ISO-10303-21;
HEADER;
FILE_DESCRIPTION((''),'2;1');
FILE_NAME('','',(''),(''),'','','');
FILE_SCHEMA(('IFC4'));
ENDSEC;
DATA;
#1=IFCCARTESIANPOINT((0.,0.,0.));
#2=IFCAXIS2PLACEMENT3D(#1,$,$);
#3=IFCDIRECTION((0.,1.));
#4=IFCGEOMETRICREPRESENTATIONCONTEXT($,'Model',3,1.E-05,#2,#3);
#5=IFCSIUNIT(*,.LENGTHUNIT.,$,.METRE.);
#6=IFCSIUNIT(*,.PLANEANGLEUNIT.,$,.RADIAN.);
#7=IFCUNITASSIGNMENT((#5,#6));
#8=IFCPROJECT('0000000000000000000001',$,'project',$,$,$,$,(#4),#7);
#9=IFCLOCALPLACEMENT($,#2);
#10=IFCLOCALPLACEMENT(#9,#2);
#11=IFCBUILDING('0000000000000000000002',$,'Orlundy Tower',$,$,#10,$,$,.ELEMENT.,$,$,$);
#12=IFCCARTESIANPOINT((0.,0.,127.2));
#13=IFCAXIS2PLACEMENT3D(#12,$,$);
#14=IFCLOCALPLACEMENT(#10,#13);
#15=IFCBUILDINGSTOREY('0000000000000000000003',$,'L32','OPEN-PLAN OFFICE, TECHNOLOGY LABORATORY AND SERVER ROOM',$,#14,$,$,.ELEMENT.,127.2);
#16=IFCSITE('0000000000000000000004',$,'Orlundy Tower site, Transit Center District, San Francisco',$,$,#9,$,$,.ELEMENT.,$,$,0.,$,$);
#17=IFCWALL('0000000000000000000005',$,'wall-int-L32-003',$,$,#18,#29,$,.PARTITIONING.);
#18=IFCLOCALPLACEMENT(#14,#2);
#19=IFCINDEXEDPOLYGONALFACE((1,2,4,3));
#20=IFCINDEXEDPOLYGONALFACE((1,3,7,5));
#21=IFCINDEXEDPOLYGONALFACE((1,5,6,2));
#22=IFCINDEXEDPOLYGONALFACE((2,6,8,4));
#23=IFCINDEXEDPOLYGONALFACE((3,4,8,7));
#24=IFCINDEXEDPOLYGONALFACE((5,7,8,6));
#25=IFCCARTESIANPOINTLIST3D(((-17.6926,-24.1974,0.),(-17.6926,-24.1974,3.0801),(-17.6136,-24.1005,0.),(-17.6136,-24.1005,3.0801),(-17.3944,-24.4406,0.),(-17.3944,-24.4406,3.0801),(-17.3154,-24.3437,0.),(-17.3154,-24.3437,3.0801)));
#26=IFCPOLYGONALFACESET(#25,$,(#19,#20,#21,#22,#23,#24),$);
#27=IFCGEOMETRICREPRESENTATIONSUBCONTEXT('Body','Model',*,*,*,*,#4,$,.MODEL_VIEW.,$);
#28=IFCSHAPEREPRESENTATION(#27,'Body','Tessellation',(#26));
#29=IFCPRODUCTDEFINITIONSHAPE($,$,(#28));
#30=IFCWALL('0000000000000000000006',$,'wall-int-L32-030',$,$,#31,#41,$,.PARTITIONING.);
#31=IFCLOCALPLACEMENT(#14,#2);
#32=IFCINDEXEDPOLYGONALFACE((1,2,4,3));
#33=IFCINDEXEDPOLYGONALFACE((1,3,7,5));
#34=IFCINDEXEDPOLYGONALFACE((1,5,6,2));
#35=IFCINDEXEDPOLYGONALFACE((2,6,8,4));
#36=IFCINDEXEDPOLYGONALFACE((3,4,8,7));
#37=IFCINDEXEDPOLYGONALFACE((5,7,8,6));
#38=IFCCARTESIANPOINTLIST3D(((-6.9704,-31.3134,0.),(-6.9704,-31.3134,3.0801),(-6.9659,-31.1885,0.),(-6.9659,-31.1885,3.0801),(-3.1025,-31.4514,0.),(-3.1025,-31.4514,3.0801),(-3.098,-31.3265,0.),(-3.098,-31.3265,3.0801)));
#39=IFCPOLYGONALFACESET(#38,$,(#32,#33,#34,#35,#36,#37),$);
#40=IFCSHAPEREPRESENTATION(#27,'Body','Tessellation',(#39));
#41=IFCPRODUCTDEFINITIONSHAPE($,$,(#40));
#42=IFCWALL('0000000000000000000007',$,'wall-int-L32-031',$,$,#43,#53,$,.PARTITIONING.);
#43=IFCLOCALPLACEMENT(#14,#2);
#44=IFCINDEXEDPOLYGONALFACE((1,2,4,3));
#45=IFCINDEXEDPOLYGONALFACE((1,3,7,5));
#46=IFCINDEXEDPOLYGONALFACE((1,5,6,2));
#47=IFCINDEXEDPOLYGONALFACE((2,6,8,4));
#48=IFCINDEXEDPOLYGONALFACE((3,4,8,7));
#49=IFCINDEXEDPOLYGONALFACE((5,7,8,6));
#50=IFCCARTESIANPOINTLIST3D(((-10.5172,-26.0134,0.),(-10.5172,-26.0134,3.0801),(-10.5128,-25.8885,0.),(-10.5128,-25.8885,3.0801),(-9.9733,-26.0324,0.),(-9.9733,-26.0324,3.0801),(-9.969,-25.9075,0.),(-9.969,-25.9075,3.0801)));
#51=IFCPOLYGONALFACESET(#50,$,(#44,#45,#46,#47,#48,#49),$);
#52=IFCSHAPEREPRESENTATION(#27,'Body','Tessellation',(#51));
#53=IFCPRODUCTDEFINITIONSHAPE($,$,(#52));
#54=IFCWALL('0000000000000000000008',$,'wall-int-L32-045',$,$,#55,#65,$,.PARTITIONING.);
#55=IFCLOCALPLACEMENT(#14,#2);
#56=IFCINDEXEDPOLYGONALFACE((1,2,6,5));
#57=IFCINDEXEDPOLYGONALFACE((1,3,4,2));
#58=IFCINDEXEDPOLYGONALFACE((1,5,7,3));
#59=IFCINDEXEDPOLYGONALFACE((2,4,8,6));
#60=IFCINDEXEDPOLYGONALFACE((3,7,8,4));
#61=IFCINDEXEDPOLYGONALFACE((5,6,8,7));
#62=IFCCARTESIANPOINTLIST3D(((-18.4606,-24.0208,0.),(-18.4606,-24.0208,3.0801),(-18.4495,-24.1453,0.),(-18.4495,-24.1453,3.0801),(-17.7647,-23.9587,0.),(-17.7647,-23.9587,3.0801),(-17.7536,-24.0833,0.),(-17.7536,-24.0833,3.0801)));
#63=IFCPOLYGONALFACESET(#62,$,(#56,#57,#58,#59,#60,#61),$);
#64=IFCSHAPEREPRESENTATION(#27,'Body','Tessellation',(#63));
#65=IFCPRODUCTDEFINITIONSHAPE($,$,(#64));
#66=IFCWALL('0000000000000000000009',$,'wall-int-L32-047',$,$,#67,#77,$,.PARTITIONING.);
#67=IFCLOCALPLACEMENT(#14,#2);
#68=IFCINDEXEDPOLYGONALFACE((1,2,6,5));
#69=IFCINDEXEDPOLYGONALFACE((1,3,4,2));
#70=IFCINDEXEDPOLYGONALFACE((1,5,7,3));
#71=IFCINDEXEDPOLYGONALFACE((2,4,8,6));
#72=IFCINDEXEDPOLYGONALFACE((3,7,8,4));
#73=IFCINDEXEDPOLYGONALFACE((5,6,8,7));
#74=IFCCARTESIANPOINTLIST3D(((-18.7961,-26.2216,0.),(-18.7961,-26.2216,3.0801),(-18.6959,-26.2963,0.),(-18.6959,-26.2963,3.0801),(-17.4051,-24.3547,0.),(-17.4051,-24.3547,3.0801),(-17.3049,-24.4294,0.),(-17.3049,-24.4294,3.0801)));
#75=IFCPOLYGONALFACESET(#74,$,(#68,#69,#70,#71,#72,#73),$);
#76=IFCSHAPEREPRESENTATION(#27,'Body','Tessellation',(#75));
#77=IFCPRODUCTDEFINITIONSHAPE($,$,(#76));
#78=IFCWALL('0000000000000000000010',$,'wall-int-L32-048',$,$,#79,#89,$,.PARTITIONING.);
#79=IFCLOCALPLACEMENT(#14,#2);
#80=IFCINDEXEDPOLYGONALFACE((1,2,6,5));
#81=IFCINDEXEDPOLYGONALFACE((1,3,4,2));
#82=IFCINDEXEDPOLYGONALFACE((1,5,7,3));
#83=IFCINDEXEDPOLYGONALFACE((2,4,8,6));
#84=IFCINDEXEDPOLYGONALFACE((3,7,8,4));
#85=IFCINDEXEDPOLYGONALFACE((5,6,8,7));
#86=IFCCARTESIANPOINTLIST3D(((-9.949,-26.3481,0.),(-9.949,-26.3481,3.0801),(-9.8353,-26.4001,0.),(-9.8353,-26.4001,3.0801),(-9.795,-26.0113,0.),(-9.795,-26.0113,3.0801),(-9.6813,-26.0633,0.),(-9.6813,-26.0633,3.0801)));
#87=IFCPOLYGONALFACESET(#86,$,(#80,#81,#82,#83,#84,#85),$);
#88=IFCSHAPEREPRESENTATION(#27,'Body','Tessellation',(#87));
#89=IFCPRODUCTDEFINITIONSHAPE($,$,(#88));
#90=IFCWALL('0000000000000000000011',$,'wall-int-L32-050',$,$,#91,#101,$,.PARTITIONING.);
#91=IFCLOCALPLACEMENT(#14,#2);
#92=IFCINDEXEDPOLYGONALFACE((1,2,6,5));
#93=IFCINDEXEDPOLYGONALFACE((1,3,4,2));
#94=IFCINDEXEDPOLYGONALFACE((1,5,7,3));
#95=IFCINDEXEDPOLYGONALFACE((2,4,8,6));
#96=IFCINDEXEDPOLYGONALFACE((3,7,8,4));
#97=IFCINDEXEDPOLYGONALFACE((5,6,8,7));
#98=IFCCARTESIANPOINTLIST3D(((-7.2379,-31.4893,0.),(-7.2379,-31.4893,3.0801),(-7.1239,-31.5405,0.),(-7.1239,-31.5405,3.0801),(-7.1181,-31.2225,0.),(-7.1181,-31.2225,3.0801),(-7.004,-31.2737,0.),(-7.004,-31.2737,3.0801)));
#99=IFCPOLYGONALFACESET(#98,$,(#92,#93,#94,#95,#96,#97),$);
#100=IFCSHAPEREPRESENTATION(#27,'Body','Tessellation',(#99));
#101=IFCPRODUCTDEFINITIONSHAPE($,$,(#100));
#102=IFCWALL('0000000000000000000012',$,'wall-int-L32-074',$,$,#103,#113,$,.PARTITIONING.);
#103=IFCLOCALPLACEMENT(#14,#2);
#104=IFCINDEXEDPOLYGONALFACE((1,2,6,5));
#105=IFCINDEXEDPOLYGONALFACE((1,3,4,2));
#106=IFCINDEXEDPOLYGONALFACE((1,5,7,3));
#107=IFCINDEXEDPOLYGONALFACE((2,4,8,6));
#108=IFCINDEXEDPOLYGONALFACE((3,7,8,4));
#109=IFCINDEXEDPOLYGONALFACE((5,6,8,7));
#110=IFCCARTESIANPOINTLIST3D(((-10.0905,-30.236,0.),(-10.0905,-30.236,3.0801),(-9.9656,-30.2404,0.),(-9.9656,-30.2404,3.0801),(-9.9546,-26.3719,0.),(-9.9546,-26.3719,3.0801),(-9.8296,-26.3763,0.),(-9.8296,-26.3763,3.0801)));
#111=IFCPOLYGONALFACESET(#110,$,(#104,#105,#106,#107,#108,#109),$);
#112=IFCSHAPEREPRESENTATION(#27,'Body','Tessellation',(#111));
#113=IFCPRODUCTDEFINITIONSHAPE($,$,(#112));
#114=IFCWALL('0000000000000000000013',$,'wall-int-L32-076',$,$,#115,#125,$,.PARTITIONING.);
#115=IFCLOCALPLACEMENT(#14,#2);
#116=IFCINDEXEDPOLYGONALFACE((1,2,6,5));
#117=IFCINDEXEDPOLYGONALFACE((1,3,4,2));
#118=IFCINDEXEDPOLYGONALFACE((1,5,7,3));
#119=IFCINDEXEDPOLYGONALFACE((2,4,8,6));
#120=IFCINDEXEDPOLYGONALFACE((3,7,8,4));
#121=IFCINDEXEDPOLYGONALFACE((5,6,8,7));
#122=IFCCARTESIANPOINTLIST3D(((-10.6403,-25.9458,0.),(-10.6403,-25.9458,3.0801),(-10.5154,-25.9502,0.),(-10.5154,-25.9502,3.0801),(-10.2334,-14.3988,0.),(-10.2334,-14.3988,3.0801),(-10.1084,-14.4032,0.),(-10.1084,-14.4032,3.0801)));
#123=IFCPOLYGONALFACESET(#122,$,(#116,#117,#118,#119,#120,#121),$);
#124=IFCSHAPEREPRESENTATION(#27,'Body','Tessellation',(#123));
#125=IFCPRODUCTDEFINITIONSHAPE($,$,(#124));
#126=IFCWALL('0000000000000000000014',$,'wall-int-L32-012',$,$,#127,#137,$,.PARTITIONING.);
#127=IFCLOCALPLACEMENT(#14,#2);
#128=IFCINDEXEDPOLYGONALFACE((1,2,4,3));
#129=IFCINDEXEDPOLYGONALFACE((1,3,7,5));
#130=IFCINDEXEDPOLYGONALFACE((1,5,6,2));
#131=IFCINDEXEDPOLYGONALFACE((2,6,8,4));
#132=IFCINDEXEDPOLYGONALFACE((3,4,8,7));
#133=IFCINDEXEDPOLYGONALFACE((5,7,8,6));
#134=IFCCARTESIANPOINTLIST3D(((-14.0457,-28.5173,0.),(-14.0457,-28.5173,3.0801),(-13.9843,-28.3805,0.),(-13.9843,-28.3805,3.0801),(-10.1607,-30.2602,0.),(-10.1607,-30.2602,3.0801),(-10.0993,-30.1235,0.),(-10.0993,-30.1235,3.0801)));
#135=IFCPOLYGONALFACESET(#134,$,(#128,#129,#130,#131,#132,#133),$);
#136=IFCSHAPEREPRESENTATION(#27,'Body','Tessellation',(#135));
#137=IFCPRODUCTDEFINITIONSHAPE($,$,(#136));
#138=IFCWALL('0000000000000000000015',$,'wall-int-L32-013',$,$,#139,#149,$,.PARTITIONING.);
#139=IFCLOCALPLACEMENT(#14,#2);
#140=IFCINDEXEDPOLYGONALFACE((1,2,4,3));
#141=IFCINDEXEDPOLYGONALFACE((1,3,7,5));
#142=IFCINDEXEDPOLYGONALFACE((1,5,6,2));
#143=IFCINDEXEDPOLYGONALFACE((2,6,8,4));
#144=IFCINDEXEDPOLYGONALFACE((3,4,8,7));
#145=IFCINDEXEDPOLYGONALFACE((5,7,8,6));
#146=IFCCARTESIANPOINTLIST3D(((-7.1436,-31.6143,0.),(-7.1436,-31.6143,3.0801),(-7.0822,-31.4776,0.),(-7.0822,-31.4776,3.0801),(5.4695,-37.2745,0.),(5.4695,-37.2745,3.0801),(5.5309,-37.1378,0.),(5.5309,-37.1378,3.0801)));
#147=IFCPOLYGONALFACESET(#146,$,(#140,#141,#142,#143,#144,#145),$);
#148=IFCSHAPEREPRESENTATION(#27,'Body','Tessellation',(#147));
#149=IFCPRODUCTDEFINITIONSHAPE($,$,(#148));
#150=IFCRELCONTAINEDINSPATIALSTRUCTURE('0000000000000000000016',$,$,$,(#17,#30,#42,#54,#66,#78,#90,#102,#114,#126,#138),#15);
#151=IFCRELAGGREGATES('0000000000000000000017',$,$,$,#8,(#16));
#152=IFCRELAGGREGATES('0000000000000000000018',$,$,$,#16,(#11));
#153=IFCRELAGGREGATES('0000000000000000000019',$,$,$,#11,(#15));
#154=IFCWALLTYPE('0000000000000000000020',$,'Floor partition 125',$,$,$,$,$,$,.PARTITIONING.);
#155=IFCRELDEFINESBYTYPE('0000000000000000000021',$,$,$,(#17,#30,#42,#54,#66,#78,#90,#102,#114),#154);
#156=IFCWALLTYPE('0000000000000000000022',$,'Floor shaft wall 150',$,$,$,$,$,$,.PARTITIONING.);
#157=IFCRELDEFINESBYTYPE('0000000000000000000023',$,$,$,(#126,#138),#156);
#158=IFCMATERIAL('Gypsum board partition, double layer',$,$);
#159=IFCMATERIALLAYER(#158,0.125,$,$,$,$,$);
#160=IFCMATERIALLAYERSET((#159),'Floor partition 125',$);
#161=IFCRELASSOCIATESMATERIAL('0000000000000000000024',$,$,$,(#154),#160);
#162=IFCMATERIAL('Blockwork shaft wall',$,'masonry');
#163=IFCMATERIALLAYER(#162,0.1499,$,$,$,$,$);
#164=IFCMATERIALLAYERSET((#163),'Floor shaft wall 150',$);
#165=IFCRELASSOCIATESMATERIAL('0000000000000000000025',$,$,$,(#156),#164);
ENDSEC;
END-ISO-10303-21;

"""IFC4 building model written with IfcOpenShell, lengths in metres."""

from ifc_helpers import new_model, si_unit, direction, frame, frame_2d, origin, place, context, subcontext, project, spatial, rectangle, extrude, material, layer, layer_set, type_object, element, save


model = new_model("IFC4")

# Units and contexts
model_context = context("Model", 3, precision=1e-05, world=origin(), true_north=direction((0.0, 1.0)))
body_context = subcontext(model_context, "Body", "Model", "MODEL_VIEW")
ifc_project = project(units=[si_unit("LENGTHUNIT", "METRE"), si_unit("PLANEANGLEUNIT", "RADIAN")], contexts=[model_context])

# Site, building, storey
site_placement = place(None, origin())
site = spatial("IfcSite", under=ifc_project, at=site_placement, Name="Orlundy Tower site, Transit Center District, San Francisco", CompositionType="ELEMENT", RefElevation=0.0)
building_placement = place(site_placement, origin())
building = spatial("IfcBuilding", under=site, at=building_placement, Name="Orlundy Tower", CompositionType="ELEMENT")
storey_placement = place(building_placement, frame((0.0, 0.0, 127.2)))
storey = spatial("IfcBuildingStorey", under=building, at=storey_placement, Name="L32", Description="OPEN-PLAN OFFICE, TECHNOLOGY LABORATORY AND SERVER ROOM", CompositionType="ELEMENT", Elevation=127.2)

# Shared definitions
ifc_material_1 = material(Name="Gypsum board partition, double layer")
ifc_layer_1 = layer(ifc_material_1, 0.125)
ifc_layer_set_1 = layer_set([ifc_layer_1], Name="Floor partition 125")
wall_type_1 = type_object("IfcWallType", Name="Floor partition 125", PredefinedType="PARTITIONING", material=ifc_layer_set_1)

# Walls
wall_1_placement = place(storey_placement, frame((-17.6531, -24.1489, 0.0), z_axis=(0.0, 0.0, 1.0), x_axis=(0.77489, -0.632097, 0.0)))
element("IfcWall", 1, at=wall_1_placement, inside=storey, type_object=wall_type_1, Name="wall-int-L32-003", PredefinedType="PARTITIONING", context=body_context, shape_type="SweptSolid", body=[
    extrude(rectangle(XDim=0.3848, YDim=0.125, at=frame_2d((0.1924, 0.0))), origin(), (0.0, 0.0, 1.0), 3.0801),
])
wall_2_placement = place(storey_placement, frame((-6.968, -31.251, 0.0), z_axis=(0.0, 0.0, 1.0), x_axis=(0.999365, -0.03564, 0.0)))
element("IfcWall", 2, at=wall_2_placement, inside=storey, type_object=wall_type_1, Name="wall-int-L32-030", PredefinedType="PARTITIONING", context=body_context, shape_type="SweptSolid", body=[
    extrude(rectangle(XDim=3.8704, YDim=0.125, at=frame_2d((1.9351, 0.0))), origin(), (0.0, 0.0, 1.0), 3.0801),
])
wall_3_placement = place(storey_placement, frame((-10.5149, -25.9509, 0.0), z_axis=(0.0, 0.0, 1.0), x_axis=(0.999388, -0.034988, 0.0)))
element("IfcWall", 3, at=wall_3_placement, inside=storey, type_object=wall_type_1, Name="wall-int-L32-031", PredefinedType="PARTITIONING", context=body_context, shape_type="SweptSolid", body=[
    extrude(rectangle(XDim=0.5442, YDim=0.125, at=frame_2d((0.272, 0.0))), origin(), (0.0, 0.0, 1.0), 3.0801),
])
wall_4_placement = place(storey_placement, frame((-18.4551, -24.083, 0.0), z_axis=(0.0, 0.0, 1.0), x_axis=(0.996055, 0.08874, 0.0)))
element("IfcWall", 4, at=wall_4_placement, inside=storey, type_object=wall_type_1, Name="wall-int-L32-045", PredefinedType="PARTITIONING", context=body_context, shape_type="SweptSolid", body=[
    extrude(rectangle(XDim=0.6987, YDim=0.125, at=frame_2d((0.3494, 0.0))), origin(), (0.0, 0.0, 1.0), 3.0801),
])
wall_5_placement = place(storey_placement, frame((-17.355, -24.3921, 0.0), z_axis=(0.0, 0.0, 1.0), x_axis=(-0.597497, -0.801871, 0.0)))
element("IfcWall", 5, at=wall_5_placement, inside=storey, type_object=wall_type_1, Name="wall-int-L32-047", PredefinedType="PARTITIONING", context=body_context, shape_type="SweptSolid", body=[
    extrude(rectangle(XDim=2.3281, YDim=0.125, at=frame_2d((1.1641, 0.0))), origin(), (0.0, 0.0, 1.0), 3.0801),
])
wall_6_placement = place(storey_placement, frame((-9.8921, -26.374, 0.0), z_axis=(0.0, 0.0, 1.0), x_axis=(0.415838, 0.909439, 0.0)))
element("IfcWall", 6, at=wall_6_placement, inside=storey, type_object=wall_type_1, Name="wall-int-L32-048", PredefinedType="PARTITIONING", context=body_context, shape_type="SweptSolid", body=[
    extrude(rectangle(XDim=0.3704, YDim=0.125, at=frame_2d((0.1851, 0.0))), origin(), (0.0, 0.0, 1.0), 3.0801),
])
wall_7_placement = place(storey_placement, frame((-7.1809, -31.5149, 0.0), z_axis=(0.0, 0.0, 1.0), x_axis=(0.409775, 0.912187, 0.0)))
element("IfcWall", 7, at=wall_7_placement, inside=storey, type_object=wall_type_1, Name="wall-int-L32-050", PredefinedType="PARTITIONING", context=body_context, shape_type="SweptSolid", body=[
    extrude(rectangle(XDim=0.2925, YDim=0.125, at=frame_2d((0.1462, 0.0))), origin(), (0.0, 0.0, 1.0), 3.0801),
])
wall_8_placement = place(storey_placement, frame((-10.0281, -30.238, 0.0), z_axis=(0.0, 0.0, 1.0), x_axis=(0.035171, 0.999381, 0.0)))
element("IfcWall", 8, at=wall_8_placement, inside=storey, type_object=wall_type_1, Name="wall-int-L32-074", PredefinedType="PARTITIONING", context=body_context, shape_type="SweptSolid", body=[
    extrude(rectangle(XDim=3.8665, YDim=0.125, at=frame_2d((1.9331, 0.0))), origin(), (0.0, 0.0, 1.0), 3.0801),
])
wall_9_placement = place(storey_placement, frame((-10.5779, -25.948, 0.0), z_axis=(0.0, 0.0, 1.0), x_axis=(0.035223, 0.999379, 0.0)))
element("IfcWall", 9, at=wall_9_placement, inside=storey, type_object=wall_type_1, Name="wall-int-L32-076", PredefinedType="PARTITIONING", context=body_context, shape_type="SweptSolid", body=[
    extrude(rectangle(XDim=11.5542, YDim=0.125, at=frame_2d((5.7771, 0.0))), origin(), (0.0, 0.0, 1.0), 3.0801),
])
ifc_material_2 = material(Name="Blockwork shaft wall", Category="masonry")
ifc_layer_2 = layer(ifc_material_2, 0.1499)
ifc_layer_set_2 = layer_set([ifc_layer_2], Name="Floor shaft wall 150")
wall_type_2 = type_object("IfcWallType", Name="Floor shaft wall 150", PredefinedType="PARTITIONING", material=ifc_layer_set_2)
wall_10_placement = place(storey_placement, frame((-14.0149, -28.449, 0.0), z_axis=(0.0, 0.0, 1.0), x_axis=(0.91239, -0.409323, 0.0)))
element("IfcWall", 10, at=wall_10_placement, inside=storey, type_object=wall_type_2, Name="wall-int-L32-012", PredefinedType="PARTITIONING", context=body_context, shape_type="SweptSolid", body=[
    extrude(rectangle(XDim=4.2581, YDim=0.1499, at=frame_2d((2.1289, 0.0))), origin(), (0.0, 0.0, 1.0), 3.0801),
])
wall_11_placement = place(storey_placement, frame((-7.113, -31.5459, 0.0), z_axis=(0.0, 0.0, 1.0), x_axis=(0.912346, -0.409419, 0.0)))
element("IfcWall", 11, at=wall_11_placement, inside=storey, type_object=wall_type_2, Name="wall-int-L32-013", PredefinedType="PARTITIONING", context=body_context, shape_type="SweptSolid", body=[
    extrude(rectangle(XDim=13.825, YDim=0.1499, at=frame_2d((6.9126, 0.0))), origin(), (0.0, 0.0, 1.0), 3.0801),
])

save(model, "model.ifc")
